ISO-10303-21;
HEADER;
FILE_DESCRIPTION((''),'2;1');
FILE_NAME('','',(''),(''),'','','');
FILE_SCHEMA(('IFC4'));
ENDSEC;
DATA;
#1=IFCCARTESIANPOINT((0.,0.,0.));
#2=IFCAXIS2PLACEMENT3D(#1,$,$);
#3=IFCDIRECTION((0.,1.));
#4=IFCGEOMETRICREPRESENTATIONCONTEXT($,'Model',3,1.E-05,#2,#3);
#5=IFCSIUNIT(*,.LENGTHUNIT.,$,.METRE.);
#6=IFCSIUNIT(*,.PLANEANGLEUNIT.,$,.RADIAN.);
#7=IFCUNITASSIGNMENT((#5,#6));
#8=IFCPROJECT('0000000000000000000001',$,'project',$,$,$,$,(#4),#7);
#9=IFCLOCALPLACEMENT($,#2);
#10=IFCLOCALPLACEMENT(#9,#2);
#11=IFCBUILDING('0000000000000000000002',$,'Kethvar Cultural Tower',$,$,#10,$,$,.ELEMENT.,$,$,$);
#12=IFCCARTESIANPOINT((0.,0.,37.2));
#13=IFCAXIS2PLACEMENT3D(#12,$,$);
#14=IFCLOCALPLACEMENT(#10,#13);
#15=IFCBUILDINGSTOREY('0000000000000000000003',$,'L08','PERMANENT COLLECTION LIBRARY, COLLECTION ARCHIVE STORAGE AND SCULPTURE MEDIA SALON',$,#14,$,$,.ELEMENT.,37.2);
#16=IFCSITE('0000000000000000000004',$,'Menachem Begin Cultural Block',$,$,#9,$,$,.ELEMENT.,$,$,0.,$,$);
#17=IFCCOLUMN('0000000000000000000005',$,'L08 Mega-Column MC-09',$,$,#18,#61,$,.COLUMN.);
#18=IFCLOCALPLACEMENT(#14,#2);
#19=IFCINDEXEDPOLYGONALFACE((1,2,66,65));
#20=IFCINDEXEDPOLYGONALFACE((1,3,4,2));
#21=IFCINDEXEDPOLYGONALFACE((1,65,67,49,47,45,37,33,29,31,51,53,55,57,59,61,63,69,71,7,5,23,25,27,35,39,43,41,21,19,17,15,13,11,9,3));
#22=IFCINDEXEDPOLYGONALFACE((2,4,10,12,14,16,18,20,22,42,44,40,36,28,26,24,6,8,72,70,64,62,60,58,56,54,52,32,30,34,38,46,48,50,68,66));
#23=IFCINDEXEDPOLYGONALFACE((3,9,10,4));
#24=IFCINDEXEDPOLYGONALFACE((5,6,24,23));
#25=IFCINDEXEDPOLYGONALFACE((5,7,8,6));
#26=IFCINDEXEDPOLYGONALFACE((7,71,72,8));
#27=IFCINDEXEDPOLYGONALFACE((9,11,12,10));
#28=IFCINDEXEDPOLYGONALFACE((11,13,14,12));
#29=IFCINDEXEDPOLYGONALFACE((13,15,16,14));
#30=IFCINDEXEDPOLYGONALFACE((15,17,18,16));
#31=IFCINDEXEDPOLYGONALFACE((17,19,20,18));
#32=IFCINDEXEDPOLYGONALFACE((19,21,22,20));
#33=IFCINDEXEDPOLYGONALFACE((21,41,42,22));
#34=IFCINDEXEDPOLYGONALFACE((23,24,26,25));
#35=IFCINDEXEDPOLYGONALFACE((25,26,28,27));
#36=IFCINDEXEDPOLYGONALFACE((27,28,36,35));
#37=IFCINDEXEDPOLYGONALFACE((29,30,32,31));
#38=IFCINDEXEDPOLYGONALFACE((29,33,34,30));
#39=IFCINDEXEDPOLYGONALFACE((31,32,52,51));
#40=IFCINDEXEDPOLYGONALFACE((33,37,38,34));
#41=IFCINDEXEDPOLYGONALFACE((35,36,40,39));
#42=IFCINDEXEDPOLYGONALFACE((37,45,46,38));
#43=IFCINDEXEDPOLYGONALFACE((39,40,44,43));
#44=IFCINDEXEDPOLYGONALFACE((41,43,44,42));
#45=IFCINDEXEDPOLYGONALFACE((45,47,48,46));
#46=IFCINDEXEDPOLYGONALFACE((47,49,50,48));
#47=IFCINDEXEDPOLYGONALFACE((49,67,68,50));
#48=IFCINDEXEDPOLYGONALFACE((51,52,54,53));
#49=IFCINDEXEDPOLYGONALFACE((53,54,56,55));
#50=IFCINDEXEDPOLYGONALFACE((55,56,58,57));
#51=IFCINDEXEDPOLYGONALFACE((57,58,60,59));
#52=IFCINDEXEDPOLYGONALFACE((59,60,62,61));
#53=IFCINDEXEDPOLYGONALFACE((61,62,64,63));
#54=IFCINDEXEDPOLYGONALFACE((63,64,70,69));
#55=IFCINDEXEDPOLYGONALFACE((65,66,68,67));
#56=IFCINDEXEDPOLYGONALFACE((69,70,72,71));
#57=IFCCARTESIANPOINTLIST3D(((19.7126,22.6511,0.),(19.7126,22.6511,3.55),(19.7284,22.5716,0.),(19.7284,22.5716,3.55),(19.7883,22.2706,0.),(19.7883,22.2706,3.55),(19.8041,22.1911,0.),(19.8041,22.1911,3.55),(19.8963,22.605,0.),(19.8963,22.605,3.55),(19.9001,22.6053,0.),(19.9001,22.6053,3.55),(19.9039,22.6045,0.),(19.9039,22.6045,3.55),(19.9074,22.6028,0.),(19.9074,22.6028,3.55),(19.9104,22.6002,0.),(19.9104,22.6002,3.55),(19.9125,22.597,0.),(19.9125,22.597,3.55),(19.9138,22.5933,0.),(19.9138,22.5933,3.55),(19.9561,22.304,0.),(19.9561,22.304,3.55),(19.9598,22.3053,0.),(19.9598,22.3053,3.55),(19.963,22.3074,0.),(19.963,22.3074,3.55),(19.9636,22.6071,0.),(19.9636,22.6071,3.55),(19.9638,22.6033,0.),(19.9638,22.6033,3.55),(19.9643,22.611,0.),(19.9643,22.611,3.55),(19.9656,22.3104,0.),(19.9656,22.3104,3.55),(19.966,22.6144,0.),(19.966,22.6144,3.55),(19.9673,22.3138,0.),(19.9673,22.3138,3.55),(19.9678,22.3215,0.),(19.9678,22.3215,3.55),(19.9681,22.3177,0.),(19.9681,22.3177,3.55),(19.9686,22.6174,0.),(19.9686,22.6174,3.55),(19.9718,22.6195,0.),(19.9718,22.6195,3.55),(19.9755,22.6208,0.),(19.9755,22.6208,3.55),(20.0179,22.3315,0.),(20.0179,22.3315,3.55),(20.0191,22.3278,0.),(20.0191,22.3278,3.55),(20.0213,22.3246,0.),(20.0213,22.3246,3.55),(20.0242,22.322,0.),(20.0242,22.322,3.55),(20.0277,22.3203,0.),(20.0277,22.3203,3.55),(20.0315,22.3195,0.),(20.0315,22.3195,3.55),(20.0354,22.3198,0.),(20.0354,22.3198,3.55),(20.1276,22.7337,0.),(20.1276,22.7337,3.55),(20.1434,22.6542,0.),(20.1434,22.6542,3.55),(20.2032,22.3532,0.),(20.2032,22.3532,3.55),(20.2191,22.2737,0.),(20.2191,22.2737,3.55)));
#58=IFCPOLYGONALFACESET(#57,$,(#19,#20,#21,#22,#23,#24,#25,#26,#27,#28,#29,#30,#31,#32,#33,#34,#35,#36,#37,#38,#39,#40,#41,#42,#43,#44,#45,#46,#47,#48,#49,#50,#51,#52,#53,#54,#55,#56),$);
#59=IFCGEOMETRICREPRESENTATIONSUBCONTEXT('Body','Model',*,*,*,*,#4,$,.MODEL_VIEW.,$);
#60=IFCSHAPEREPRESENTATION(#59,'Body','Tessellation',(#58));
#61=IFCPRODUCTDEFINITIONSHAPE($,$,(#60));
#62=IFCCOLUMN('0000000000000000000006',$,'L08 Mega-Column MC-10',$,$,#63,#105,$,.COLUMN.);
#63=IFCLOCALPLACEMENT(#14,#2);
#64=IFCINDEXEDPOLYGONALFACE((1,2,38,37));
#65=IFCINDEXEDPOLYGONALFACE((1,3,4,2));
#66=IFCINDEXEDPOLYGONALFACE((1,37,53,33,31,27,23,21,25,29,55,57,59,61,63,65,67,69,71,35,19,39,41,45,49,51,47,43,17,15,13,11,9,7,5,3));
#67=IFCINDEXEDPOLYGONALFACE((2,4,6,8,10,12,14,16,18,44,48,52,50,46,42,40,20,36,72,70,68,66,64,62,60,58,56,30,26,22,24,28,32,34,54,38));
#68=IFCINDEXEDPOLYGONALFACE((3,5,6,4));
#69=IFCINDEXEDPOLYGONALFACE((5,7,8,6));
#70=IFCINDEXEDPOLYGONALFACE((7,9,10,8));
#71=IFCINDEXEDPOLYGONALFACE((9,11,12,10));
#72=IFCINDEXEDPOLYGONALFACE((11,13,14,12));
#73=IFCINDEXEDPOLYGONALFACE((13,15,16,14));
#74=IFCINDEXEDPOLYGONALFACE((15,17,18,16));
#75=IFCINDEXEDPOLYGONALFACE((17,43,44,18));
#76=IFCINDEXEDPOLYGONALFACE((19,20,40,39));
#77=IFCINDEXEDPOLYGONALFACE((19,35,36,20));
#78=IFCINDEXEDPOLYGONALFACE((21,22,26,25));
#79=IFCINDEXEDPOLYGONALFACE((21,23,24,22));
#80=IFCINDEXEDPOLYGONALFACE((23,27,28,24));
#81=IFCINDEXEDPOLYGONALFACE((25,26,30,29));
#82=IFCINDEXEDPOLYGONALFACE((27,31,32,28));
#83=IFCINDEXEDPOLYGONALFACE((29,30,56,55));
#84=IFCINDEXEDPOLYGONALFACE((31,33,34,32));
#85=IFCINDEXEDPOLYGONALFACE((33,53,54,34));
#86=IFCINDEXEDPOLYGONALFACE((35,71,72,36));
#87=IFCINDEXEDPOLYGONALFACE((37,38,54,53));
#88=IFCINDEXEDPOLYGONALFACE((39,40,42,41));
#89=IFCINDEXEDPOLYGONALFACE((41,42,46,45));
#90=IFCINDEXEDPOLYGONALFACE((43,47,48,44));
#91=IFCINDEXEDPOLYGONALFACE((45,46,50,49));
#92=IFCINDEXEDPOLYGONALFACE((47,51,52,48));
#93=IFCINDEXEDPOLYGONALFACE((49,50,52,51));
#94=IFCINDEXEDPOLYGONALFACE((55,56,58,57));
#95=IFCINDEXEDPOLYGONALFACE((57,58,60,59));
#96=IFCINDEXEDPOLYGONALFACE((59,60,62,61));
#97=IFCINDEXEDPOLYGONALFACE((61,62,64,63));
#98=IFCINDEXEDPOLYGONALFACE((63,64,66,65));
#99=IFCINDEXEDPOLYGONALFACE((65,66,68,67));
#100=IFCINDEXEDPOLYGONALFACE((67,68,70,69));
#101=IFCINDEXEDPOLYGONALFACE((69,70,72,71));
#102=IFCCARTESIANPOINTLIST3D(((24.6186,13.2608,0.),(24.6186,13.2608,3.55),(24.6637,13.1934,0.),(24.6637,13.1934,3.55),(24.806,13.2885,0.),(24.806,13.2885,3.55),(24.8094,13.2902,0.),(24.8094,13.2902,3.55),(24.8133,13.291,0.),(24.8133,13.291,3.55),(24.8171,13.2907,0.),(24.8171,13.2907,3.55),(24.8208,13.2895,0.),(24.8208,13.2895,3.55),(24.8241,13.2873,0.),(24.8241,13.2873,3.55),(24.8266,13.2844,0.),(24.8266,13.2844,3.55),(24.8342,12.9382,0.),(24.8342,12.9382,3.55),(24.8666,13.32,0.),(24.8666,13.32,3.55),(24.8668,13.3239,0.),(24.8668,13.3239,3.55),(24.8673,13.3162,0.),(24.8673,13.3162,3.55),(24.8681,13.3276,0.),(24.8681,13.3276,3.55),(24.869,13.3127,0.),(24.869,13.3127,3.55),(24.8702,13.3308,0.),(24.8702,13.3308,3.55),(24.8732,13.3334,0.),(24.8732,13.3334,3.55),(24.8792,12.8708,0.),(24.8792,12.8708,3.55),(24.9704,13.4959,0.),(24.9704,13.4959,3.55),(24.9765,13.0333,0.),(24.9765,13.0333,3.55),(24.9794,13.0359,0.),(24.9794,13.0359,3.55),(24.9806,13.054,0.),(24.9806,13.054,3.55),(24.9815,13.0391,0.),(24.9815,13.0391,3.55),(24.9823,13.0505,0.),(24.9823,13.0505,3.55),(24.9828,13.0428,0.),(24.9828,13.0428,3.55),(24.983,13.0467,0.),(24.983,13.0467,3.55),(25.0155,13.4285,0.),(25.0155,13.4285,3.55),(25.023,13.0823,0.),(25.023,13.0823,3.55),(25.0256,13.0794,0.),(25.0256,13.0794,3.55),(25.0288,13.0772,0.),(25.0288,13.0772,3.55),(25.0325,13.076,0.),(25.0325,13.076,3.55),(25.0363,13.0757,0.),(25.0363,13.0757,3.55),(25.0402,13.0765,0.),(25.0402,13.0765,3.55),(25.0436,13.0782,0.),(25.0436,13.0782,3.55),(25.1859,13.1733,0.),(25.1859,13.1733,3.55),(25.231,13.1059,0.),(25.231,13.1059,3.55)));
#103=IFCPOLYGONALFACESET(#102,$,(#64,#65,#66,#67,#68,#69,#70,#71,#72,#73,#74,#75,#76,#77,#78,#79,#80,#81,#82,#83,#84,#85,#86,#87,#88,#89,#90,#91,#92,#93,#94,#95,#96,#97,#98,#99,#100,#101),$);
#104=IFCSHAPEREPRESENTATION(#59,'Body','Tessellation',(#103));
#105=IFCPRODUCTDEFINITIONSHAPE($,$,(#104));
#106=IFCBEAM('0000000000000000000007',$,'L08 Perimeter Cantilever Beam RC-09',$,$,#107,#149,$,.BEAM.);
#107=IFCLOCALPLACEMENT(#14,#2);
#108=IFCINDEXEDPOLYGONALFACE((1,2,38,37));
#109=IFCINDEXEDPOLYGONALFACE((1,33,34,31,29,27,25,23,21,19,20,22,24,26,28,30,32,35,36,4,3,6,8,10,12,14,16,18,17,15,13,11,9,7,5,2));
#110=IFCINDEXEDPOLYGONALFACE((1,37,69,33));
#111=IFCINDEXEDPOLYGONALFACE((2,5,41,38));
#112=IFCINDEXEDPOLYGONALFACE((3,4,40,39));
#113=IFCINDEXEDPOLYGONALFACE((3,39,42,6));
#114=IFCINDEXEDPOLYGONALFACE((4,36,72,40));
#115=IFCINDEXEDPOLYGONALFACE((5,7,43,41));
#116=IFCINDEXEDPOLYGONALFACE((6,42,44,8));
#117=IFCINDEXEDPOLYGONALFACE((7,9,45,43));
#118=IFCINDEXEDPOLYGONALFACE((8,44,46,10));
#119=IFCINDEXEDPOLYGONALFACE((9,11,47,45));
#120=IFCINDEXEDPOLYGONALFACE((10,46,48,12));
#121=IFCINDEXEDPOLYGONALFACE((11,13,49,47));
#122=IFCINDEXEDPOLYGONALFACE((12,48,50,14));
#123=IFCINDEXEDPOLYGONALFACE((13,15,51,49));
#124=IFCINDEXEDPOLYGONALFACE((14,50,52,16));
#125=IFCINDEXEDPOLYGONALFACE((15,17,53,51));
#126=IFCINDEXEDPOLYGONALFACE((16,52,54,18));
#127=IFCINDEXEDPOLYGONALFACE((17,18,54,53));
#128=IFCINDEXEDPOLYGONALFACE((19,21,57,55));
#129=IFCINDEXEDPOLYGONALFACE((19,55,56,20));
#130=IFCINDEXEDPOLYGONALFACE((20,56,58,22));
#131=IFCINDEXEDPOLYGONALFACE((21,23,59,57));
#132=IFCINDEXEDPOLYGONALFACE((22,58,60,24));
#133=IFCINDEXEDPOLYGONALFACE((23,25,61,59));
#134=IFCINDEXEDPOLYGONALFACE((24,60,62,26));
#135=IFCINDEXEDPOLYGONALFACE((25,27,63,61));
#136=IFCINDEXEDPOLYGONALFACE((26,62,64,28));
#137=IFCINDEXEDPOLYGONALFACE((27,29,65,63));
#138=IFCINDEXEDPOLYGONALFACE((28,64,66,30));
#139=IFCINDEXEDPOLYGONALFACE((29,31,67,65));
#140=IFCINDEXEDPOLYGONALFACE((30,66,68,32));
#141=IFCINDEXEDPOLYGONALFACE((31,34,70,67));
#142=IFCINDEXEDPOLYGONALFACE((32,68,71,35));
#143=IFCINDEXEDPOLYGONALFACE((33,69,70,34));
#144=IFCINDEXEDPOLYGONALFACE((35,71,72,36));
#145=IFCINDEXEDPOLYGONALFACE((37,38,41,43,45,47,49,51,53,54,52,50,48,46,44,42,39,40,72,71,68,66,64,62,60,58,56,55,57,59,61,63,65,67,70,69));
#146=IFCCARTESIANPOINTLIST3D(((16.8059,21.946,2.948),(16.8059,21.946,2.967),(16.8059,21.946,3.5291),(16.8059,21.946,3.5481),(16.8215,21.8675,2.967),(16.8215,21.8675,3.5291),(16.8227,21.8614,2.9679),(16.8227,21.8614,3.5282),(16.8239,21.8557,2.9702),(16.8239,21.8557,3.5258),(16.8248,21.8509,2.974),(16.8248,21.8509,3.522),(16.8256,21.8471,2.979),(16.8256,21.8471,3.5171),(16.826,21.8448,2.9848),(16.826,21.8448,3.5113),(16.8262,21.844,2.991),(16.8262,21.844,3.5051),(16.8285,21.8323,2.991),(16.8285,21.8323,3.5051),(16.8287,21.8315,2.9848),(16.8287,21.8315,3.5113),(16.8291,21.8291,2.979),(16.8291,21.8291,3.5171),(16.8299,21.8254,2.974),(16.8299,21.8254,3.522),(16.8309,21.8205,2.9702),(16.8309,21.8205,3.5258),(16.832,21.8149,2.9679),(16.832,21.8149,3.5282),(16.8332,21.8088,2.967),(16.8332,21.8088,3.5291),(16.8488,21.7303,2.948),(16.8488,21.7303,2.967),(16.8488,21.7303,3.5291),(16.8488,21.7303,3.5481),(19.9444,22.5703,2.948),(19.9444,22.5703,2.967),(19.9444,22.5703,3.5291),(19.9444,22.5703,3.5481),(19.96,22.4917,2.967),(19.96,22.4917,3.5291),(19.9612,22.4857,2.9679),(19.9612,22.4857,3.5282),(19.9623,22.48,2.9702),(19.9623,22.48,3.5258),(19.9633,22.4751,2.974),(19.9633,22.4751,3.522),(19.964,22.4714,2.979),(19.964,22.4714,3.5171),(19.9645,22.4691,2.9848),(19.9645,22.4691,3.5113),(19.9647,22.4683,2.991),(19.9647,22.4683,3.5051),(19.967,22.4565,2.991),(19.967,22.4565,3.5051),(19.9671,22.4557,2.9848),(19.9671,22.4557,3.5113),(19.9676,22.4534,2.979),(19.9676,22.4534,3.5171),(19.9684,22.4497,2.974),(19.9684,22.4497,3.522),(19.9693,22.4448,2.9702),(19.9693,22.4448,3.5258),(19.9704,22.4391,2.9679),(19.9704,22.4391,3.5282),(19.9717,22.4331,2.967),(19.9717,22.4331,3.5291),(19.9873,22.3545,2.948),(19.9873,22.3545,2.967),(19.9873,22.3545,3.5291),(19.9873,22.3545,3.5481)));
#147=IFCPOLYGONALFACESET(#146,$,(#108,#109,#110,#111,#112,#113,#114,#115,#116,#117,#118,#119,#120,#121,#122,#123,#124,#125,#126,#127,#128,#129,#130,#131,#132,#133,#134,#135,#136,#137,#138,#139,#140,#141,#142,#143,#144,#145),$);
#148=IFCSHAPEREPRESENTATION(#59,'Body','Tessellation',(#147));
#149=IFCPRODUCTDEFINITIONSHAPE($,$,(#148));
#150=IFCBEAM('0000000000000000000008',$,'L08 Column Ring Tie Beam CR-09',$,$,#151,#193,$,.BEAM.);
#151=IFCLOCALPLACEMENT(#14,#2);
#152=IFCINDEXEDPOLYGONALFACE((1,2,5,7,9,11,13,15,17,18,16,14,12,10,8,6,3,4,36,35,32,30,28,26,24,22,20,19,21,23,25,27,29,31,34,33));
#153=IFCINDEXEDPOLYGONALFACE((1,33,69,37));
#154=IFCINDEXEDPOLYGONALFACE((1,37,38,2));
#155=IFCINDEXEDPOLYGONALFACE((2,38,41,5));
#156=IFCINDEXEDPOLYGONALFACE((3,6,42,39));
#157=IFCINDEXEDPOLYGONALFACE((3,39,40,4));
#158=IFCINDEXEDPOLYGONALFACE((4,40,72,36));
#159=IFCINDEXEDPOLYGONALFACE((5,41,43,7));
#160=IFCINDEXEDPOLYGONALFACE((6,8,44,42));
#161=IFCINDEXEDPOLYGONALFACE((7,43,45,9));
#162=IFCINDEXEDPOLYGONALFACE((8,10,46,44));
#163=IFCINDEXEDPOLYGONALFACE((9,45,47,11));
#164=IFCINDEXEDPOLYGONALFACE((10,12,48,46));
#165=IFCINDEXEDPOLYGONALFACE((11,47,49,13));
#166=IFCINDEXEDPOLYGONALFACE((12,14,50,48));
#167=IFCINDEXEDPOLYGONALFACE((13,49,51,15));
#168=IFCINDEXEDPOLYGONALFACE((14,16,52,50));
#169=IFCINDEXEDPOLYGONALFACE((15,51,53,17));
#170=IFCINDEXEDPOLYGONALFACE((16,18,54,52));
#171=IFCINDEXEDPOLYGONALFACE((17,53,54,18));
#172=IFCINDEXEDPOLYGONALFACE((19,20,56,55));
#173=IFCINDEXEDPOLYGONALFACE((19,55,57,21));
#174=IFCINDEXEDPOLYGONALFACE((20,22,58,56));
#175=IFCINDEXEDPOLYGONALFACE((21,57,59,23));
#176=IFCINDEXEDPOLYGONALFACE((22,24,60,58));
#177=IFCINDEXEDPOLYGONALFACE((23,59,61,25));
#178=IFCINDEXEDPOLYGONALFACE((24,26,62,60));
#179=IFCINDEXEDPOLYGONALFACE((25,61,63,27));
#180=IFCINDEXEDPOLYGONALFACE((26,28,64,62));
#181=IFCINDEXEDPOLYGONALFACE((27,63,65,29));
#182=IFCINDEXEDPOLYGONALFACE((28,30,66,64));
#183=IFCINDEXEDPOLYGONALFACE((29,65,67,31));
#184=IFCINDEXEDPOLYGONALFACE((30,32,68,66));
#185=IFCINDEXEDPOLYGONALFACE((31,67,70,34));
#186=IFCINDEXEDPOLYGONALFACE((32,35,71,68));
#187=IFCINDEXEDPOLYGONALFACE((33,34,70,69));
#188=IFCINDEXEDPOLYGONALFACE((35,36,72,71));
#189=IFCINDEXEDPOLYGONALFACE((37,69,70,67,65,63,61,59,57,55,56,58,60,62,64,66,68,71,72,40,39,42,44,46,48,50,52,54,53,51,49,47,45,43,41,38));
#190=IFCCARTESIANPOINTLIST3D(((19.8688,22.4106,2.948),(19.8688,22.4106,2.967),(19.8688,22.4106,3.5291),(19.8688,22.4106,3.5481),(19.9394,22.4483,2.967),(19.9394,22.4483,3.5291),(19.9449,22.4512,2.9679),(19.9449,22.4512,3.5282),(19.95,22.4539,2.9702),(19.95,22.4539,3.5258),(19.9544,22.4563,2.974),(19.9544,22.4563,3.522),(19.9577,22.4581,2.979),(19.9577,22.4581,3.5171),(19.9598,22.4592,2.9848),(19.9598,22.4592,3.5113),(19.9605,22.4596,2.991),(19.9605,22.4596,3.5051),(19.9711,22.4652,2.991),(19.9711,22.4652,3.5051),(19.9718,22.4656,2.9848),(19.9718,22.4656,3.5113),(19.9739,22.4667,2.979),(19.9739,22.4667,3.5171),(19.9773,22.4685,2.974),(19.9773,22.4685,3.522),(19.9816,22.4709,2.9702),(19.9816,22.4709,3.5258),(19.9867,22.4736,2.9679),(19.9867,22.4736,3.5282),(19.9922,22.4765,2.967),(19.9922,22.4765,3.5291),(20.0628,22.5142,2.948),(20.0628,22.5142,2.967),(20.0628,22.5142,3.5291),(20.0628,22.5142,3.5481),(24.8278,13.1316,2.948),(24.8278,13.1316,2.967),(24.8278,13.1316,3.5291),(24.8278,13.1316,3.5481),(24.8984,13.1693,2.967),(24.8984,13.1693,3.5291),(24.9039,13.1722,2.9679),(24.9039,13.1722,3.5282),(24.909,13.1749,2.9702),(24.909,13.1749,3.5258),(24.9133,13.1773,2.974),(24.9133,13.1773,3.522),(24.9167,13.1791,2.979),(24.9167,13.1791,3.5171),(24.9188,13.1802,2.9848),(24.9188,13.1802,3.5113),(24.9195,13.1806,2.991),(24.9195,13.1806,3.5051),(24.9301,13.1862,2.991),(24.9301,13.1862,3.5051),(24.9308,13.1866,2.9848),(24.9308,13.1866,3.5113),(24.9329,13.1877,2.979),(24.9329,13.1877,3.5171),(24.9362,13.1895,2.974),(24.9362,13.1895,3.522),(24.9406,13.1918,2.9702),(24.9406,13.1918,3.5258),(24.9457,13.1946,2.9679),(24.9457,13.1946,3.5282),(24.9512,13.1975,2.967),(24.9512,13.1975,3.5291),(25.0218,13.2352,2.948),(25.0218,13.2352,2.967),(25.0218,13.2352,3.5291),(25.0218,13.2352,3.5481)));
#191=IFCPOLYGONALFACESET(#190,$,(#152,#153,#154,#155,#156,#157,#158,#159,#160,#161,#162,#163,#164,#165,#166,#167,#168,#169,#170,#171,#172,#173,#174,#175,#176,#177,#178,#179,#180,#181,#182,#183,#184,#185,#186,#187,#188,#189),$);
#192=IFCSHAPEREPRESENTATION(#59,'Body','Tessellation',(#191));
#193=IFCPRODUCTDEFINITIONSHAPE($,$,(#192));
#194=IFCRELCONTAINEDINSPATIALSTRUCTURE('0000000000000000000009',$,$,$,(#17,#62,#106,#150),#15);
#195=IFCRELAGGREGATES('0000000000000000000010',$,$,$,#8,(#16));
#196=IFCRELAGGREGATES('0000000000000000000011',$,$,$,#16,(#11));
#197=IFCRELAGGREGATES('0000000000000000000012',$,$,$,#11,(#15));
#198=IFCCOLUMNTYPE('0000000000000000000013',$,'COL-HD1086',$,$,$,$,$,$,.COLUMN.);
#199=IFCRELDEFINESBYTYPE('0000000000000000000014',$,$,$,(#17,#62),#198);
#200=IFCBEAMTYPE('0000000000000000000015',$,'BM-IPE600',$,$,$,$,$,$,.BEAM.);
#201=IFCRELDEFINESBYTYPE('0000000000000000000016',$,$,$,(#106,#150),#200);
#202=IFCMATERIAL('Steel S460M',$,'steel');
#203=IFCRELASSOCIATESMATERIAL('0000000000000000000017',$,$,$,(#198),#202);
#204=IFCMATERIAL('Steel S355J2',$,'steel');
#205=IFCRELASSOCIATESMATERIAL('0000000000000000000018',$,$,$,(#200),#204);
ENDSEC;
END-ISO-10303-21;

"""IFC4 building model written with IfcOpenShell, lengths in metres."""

from ifc_helpers import new_model, si_unit, direction, frame, origin, origin_2d, place, context, subcontext, project, spatial, i_section, extrude, source, transform, mapped, material, material_profile, profile_set, type_object, element, save


model = new_model("IFC4")

# Units and contexts
model_context = context("Model", 3, precision=1e-05, world=origin(), true_north=direction((0.0, 1.0)))
body_context = subcontext(model_context, "Body", "Model", "MODEL_VIEW")
ifc_project = project(units=[si_unit("LENGTHUNIT", "METRE"), si_unit("PLANEANGLEUNIT", "RADIAN")], contexts=[model_context])

# Site, building, storey
site_placement = place(None, origin())
site = spatial("IfcSite", under=ifc_project, at=site_placement, Name="Menachem Begin Cultural Block", CompositionType="ELEMENT", RefElevation=0.0)
building_placement = place(site_placement, origin())
building = spatial("IfcBuilding", under=site, at=building_placement, Name="Kethvar Cultural Tower", CompositionType="ELEMENT")
storey_placement = place(building_placement, frame((0.0, 0.0, 37.2)))
storey = spatial("IfcBuildingStorey", under=building, at=storey_placement, Name="L08", Description="PERMANENT COLLECTION LIBRARY, COLLECTION ARCHIVE STORAGE AND SCULPTURE MEDIA SALON", CompositionType="ELEMENT", Elevation=37.2)

# Columns
ifc_material_1 = material(Name="Steel S460M", Category="steel")
ifc_material_profile_1 = material_profile(ifc_material_1, i_section(OverallWidth=0.4231, OverallDepth=0.469, WebThickness=0.051, FlangeThickness=0.0811, FilletRadius=0.0149, at=origin_2d()), Name="Steel S460M — HD400x1086")
ifc_profile_set_1 = profile_set([ifc_material_profile_1], Name="Steel S460M — HD400x1086")
column_type = type_object("IfcColumnType", Name="COL-HD1086", PredefinedType="COLUMN", material=ifc_profile_set_1)
shared_shape_1 = source(origin(), body_context, "Body", "SweptSolid", [
    extrude(i_section(OverallWidth=0.4231, OverallDepth=0.469, WebThickness=0.051, FlangeThickness=0.0811, FilletRadius=0.0149, at=origin_2d()), origin(), (0.0, 0.0, 1.0), 3.55),
])
for number, where, z_axis, x_axis, name in (
    (1, (19.9658, 22.4624, 0.0), (0.0, 0.0, 1.0), (-0.980785, -0.19509, 0.0), "L08 Mega-Column MC-09"),
    (2, (24.9248, 13.1833, 0.0), (0.0, 0.0, 1.0), (-0.83147, -0.55557, 0.0), "L08 Mega-Column MC-10"),
):
    element("IfcColumn", number, at=place(storey_placement, frame(where, z_axis=z_axis, x_axis=x_axis)), inside=storey, type_object=column_type, Name=name, PredefinedType="COLUMN", context=body_context, shape_type="MappedRepresentation", body=[
        mapped(shared_shape_1, transform((0.0, 0.0, 0.0), scale=1.0)),
    ])

# Beams
ifc_material_2 = material(Name="Steel S355J2", Category="steel")
ifc_material_profile_2 = material_profile(ifc_material_2, i_section(OverallWidth=0.22, OverallDepth=0.6001, WebThickness=0.012, FlangeThickness=0.019, FilletRadius=0.0239, at=origin_2d()), Name="Steel S355J2 — IPE600")
ifc_profile_set_2 = profile_set([ifc_material_profile_2], Name="Steel S355J2 — IPE600")
beam_type_1 = type_object("IfcBeamType", Name="BM-IPE600", PredefinedType="BEAM", material=ifc_profile_set_2)
shared_shape_2 = source(origin(), body_context, "Body", "SweptSolid", [
    extrude(i_section(OverallWidth=0.22, OverallDepth=0.6001, WebThickness=0.012, FlangeThickness=0.019, FilletRadius=0.0239, at=origin_2d()), origin(), (0.0, 0.0, 1.0), 3.2),
])
beam_1_placement = place(storey_placement, frame((19.9658, 22.4624, 3.248), z_axis=(-0.980786, -0.195089, 0.0), x_axis=(0.195089, -0.980786, 0.0)))
element("IfcBeam", 3, at=beam_1_placement, inside=storey, type_object=beam_type_1, Name="L08 Perimeter Cantilever Beam RC-09", PredefinedType="BEAM", context=body_context, shape_type="MappedRepresentation", body=[
    mapped(shared_shape_2, transform((0.0, 0.0, 0.0), scale=1.0)),
])
shared_shape_3 = source(origin(), body_context, "Body", "SweptSolid", [
    extrude(i_section(OverallWidth=0.22, OverallDepth=0.6001, WebThickness=0.012, FlangeThickness=0.019, FilletRadius=0.0239, at=origin_2d()), origin(), (0.0, 0.0, 1.0), 10.521),
])
beam_2_placement = place(storey_placement, frame((19.9658, 22.4624, 3.248), z_axis=(0.47134, -0.881952, 0.0), x_axis=(0.881952, 0.47134, 0.0)))
element("IfcBeam", 4, at=beam_2_placement, inside=storey, type_object=beam_type_1, Name="L08 Column Ring Tie Beam CR-09", PredefinedType="BEAM", context=body_context, shape_type="MappedRepresentation", body=[
    mapped(shared_shape_3, transform((0.0, 0.0, 0.0), scale=1.0)),
])

save(model, "model.ifc")
